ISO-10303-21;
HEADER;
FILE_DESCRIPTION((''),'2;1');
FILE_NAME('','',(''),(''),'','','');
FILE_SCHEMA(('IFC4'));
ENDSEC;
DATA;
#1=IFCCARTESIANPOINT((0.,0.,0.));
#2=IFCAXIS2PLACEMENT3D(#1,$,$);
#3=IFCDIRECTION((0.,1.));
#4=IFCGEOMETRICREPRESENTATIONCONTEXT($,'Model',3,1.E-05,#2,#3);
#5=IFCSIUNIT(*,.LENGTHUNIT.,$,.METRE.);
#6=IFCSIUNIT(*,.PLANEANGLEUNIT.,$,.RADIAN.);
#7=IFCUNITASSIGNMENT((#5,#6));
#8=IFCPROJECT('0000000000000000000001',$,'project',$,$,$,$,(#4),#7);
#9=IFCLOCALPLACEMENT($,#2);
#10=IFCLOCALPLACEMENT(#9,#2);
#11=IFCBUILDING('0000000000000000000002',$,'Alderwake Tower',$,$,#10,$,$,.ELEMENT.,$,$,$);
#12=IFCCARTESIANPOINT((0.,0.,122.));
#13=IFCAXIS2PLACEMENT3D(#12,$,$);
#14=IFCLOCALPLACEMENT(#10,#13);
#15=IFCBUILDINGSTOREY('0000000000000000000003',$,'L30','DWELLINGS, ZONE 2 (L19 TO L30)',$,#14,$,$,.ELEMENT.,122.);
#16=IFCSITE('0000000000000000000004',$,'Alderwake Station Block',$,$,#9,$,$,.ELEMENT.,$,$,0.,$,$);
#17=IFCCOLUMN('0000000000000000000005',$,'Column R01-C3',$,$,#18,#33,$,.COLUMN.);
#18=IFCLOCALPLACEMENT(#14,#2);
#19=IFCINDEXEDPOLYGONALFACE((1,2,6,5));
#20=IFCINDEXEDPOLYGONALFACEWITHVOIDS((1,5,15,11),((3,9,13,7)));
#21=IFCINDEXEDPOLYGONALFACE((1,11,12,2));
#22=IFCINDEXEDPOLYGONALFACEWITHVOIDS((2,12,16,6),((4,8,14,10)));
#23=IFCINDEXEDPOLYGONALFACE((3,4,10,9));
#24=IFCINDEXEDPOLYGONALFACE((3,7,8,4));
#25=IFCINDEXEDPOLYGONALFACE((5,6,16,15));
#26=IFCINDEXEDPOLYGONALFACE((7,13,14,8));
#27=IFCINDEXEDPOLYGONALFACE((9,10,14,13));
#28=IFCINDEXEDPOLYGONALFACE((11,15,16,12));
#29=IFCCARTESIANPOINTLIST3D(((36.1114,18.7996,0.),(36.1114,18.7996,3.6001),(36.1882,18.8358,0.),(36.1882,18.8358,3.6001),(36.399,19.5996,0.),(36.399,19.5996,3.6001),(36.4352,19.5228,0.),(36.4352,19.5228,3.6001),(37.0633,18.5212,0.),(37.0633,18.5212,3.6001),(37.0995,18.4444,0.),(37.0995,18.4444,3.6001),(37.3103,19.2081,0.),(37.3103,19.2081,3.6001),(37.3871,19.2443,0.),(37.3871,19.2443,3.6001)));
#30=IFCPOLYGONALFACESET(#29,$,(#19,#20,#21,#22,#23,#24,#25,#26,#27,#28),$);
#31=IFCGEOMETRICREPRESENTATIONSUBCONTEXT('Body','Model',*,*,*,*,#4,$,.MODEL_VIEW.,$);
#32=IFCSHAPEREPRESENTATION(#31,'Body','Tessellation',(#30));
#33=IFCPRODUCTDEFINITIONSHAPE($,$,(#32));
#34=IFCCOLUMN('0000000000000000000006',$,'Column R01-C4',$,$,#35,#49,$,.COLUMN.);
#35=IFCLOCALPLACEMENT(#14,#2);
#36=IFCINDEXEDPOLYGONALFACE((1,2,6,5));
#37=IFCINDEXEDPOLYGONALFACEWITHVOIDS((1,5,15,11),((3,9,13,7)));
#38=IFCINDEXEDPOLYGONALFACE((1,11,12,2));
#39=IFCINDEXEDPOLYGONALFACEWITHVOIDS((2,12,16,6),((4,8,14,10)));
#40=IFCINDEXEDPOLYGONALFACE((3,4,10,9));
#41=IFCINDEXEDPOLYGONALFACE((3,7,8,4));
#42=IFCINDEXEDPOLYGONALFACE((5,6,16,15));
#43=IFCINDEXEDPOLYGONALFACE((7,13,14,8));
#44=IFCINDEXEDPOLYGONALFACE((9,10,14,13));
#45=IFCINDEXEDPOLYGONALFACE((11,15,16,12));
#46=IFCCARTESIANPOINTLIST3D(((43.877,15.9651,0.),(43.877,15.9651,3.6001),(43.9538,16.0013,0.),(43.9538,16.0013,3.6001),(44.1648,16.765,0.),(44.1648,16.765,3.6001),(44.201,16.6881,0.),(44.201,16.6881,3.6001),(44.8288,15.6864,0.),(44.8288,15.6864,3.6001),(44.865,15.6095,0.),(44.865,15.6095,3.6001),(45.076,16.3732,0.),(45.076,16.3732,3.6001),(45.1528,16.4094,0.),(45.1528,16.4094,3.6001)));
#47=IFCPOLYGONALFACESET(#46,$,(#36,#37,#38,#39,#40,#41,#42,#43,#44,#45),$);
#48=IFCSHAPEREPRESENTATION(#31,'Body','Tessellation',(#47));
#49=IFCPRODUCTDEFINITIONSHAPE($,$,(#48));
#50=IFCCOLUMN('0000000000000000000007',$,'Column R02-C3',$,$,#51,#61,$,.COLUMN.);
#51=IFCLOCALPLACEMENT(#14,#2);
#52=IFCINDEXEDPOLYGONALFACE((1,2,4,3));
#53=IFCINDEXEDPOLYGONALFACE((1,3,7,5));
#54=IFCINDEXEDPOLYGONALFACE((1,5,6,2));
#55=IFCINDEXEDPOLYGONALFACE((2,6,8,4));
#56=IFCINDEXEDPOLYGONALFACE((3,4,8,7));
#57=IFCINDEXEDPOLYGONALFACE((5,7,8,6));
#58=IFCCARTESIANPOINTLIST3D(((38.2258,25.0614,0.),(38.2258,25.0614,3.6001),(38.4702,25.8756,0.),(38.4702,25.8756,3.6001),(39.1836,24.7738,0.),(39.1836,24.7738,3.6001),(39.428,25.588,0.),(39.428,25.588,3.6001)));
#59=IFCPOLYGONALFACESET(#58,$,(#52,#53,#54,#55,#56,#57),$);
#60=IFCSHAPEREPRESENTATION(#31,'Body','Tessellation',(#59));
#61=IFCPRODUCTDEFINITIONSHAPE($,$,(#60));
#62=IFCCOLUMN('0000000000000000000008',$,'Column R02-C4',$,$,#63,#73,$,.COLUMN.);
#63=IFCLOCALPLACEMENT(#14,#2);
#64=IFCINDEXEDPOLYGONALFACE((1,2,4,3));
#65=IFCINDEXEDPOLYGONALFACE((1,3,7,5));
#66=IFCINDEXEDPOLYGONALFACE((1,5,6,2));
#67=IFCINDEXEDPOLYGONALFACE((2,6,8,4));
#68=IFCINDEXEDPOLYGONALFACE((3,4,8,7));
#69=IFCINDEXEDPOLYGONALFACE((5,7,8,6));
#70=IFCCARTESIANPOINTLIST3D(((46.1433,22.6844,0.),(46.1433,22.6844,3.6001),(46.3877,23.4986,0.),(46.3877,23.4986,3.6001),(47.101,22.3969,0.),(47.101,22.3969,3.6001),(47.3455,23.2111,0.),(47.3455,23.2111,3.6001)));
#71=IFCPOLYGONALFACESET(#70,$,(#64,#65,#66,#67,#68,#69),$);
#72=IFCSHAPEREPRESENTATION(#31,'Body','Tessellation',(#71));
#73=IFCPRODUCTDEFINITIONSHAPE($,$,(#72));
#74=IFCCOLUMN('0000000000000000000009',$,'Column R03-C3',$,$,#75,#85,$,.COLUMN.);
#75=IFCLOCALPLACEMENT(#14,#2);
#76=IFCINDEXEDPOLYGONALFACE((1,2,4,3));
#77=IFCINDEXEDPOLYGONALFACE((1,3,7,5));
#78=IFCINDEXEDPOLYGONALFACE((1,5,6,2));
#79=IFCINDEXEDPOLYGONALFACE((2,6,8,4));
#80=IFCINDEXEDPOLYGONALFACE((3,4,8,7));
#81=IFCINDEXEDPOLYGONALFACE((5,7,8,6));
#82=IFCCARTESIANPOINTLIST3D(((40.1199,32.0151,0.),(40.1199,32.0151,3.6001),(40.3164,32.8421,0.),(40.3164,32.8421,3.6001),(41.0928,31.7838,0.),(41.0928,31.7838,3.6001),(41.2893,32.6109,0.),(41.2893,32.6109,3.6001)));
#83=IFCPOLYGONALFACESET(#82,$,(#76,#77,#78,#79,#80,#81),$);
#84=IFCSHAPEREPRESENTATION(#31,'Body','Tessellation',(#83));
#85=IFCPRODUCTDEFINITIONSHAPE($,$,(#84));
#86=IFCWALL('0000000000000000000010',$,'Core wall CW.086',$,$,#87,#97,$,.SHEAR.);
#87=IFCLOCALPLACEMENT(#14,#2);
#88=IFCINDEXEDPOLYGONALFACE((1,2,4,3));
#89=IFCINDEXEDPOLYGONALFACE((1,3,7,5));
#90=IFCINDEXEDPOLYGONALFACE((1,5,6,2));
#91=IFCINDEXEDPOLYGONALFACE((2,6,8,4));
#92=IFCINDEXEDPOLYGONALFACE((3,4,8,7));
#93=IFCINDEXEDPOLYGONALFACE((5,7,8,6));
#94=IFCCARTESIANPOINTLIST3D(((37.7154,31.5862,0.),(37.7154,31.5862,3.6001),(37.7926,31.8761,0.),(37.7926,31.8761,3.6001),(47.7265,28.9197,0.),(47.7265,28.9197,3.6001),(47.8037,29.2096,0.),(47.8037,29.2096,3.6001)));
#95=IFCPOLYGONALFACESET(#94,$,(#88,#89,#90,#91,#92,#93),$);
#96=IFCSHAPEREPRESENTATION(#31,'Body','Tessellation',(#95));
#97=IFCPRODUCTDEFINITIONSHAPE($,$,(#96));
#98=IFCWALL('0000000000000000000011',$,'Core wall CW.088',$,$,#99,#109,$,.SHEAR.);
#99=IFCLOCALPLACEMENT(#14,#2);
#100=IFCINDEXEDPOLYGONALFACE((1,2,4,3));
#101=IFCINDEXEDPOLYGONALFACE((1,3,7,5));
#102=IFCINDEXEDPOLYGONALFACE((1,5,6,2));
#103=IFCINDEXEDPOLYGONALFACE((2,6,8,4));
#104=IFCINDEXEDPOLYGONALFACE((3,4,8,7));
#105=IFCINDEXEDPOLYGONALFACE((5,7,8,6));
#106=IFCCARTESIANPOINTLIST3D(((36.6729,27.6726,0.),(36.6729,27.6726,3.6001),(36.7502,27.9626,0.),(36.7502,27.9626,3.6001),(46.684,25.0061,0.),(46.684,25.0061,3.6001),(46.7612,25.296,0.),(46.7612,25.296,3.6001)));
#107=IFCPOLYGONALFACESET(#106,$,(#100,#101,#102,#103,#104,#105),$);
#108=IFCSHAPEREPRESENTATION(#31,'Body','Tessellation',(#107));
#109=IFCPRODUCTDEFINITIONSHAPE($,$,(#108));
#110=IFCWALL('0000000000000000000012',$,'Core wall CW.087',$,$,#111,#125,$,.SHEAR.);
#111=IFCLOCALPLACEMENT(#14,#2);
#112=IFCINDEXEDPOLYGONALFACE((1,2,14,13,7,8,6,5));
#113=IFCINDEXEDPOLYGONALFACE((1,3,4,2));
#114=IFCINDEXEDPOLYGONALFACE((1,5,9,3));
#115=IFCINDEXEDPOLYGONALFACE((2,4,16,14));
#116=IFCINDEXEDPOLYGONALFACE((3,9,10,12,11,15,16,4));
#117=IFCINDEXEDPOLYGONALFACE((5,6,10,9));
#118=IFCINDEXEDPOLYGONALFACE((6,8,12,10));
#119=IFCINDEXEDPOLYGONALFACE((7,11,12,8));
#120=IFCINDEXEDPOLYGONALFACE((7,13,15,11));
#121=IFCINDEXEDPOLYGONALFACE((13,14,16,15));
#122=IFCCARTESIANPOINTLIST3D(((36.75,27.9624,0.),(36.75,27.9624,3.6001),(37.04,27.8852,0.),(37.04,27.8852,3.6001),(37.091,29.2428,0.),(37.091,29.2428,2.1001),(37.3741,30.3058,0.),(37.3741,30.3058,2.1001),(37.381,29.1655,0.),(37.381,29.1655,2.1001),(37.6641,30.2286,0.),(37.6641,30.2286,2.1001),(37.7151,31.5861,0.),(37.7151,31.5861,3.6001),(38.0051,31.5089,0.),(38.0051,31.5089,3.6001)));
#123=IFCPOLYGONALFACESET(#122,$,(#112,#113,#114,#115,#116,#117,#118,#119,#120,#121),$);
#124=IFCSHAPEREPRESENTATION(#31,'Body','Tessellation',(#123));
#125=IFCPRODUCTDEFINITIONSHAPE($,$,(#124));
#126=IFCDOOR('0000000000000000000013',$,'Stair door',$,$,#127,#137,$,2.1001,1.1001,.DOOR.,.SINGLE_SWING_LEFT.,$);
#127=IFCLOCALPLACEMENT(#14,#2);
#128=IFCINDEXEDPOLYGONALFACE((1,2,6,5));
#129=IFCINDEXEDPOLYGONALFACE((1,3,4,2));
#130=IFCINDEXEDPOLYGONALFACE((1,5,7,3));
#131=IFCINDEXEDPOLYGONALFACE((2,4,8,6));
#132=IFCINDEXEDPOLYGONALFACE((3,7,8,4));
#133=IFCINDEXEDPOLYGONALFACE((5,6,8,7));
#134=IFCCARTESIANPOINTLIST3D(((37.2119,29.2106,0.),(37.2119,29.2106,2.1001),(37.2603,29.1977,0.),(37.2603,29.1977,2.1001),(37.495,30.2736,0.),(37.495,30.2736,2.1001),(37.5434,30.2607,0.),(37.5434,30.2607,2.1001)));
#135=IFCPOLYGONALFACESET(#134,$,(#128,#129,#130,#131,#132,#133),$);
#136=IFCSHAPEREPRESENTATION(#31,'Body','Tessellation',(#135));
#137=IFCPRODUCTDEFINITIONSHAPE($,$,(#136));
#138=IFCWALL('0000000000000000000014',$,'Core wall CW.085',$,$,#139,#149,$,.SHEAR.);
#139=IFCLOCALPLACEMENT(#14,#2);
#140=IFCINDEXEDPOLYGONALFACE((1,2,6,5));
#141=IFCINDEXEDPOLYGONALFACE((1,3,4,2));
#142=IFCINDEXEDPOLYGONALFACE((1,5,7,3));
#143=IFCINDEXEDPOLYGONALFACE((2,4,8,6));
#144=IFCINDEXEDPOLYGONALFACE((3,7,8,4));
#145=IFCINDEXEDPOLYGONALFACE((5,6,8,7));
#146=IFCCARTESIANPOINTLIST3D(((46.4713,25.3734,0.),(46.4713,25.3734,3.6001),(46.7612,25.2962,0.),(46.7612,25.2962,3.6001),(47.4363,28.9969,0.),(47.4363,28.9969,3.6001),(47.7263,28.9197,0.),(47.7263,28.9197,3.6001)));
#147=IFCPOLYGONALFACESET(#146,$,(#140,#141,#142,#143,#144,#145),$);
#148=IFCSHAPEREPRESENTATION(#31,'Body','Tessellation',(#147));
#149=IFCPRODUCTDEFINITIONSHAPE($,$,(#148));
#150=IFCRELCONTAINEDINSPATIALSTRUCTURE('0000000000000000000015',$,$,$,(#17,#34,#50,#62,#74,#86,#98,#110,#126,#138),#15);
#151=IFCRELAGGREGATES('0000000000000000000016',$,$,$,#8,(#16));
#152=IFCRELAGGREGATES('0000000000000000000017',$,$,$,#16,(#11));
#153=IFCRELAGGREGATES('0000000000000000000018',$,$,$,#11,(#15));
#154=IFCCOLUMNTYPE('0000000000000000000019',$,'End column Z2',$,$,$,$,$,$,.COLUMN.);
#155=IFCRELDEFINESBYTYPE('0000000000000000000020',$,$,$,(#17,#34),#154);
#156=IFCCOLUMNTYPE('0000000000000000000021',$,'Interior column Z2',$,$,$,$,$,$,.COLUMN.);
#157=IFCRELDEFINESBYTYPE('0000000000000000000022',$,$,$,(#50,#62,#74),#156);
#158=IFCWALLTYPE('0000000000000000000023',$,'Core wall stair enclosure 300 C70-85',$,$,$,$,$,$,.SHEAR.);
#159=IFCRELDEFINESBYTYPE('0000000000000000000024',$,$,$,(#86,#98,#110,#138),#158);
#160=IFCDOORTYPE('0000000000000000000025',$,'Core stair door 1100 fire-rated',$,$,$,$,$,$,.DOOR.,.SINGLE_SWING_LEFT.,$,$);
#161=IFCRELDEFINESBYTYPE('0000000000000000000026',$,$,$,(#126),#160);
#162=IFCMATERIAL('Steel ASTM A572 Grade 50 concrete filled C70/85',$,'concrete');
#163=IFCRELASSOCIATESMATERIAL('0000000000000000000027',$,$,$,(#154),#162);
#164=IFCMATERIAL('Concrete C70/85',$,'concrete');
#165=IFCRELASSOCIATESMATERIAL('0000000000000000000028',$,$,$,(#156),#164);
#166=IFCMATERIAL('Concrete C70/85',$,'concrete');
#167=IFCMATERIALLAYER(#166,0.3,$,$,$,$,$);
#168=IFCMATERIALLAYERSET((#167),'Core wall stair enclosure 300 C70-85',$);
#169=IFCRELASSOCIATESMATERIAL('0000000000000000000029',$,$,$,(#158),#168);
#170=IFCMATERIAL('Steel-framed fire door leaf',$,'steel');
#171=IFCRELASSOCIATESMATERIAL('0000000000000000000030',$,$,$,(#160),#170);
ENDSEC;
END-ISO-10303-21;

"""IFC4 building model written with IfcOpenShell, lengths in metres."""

from ifc_helpers import new_model, si_unit, direction, frame, frame_2d, origin, origin_2d, place, context, subcontext, project, spatial, rectangle, hollow_rectangle, extrude, material, layer, layer_set, material_profile, profile_set, type_object, element, fill, save


model = new_model("IFC4")

# Units and contexts
model_context = context("Model", 3, precision=1e-05, world=origin(), true_north=direction((0.0, 1.0)))
body_context = subcontext(model_context, "Body", "Model", "MODEL_VIEW")
ifc_project = project(units=[si_unit("LENGTHUNIT", "METRE"), si_unit("PLANEANGLEUNIT", "RADIAN")], contexts=[model_context])

# Site, building, storey
site_placement = place(None, origin())
site = spatial("IfcSite", under=ifc_project, at=site_placement, Name="Alderwake Station Block", CompositionType="ELEMENT", RefElevation=0.0)
building_placement = place(site_placement, origin())
building = spatial("IfcBuilding", under=site, at=building_placement, Name="Alderwake Tower", CompositionType="ELEMENT")
storey_placement = place(building_placement, frame((0.0, 0.0, 122.0)))
storey = spatial("IfcBuildingStorey", under=building, at=storey_placement, Name="L30", Description="DWELLINGS, ZONE 2 (L19 TO L30)", CompositionType="ELEMENT", Elevation=122.0)

# Columns
ifc_material_1 = material(Name="Steel ASTM A572 Grade 50 concrete filled C70/85", Category="concrete")
ifc_material_profile_1 = material_profile(ifc_material_1, hollow_rectangle(XDim=0.8501, YDim=1.05, WallThickness=0.0601, at=origin_2d()), Name="BOX 1050X850X60")
ifc_profile_set_1 = profile_set([ifc_material_profile_1], Name="Steel ASTM A572 Grade 50 concrete filled C70/85")
column_type_1 = type_object("IfcColumnType", Name="End column Z2", PredefinedType="COLUMN", material=ifc_profile_set_1)
for number, where, z_axis, x_axis, name in (
    (1, (36.7493, 19.022, 0.0), (0.0, 0.0, 1.0), (0.338352, 0.94102, 0.0), "Column R01-C3"),
    (2, (44.5149, 16.1873, 0.0), (0.0, 0.0, 1.0), (0.338634, 0.940918, 0.0), "Column R01-C4"),
):
    element("IfcColumn", number, at=place(storey_placement, frame(where, z_axis=z_axis, x_axis=x_axis)), inside=storey, type_object=column_type_1, Name=name, PredefinedType="COLUMN", context=body_context, shape_type="SweptSolid", body=[
        extrude(hollow_rectangle(XDim=0.8501, YDim=1.05, WallThickness=0.0601, at=origin_2d()), origin(), (0.0, 0.0, 1.0), 3.6001),
    ])
ifc_material_2 = material(Name="Concrete C70/85", Category="concrete")
ifc_material_profile_2 = material_profile(ifc_material_2, rectangle(XDim=0.8501, YDim=1.0, at=origin_2d()), Name="RC 1000X850")
ifc_profile_set_2 = profile_set([ifc_material_profile_2], Name="Concrete C70/85")
column_type_2 = type_object("IfcColumnType", Name="Interior column Z2", PredefinedType="COLUMN", material=ifc_profile_set_2)
for number, where, z_axis, x_axis, name in (
    (3, (38.8269, 25.3247, 0.0), (0.0, 0.0, 1.0), (0.287548, 0.957766, 0.0), "Column R02-C3"),
    (4, (46.7444, 22.9478, 0.0), (0.0, 0.0, 1.0), (0.287549, 0.957766, 0.0), "Column R02-C4"),
    (5, (40.7046, 32.313, 0.0), (0.0, 0.0, 1.0), (0.231222, 0.972901, 0.0), "Column R03-C3"),
):
    element("IfcColumn", number, at=place(storey_placement, frame(where, z_axis=z_axis, x_axis=x_axis)), inside=storey, type_object=column_type_2, Name=name, PredefinedType="COLUMN", context=body_context, shape_type="SweptSolid", body=[
        extrude(rectangle(XDim=0.8501, YDim=1.0, at=origin_2d()), origin(), (0.0, 0.0, 1.0), 3.6001),
    ])

# Walls
ifc_material_3 = material(Name="Concrete C70/85", Category="concrete")
ifc_layer_1 = layer(ifc_material_3, 0.3)
ifc_layer_set_1 = layer_set([ifc_layer_1], Name="Core wall stair enclosure 300 C70-85")
wall_type_1 = type_object("IfcWallType", Name="Core wall stair enclosure 300 C70-85", PredefinedType="SHEAR", material=ifc_layer_set_1)
for number, where, z_axis, x_axis, name in (
    (6, (37.7539, 31.7312, 0.0), (0.0, 0.0, 1.0), (0.966309, -0.257384, 0.0), "Core wall CW.086"),
    (7, (36.7114, 27.8176, 0.0), (0.0, 0.0, 1.0), (0.966309, -0.257384, 0.0), "Core wall CW.088"),
):
    element("IfcWall", number, at=place(storey_placement, frame(where, z_axis=z_axis, x_axis=x_axis)), inside=storey, type_object=wall_type_1, Name=name, PredefinedType="SHEAR", context=body_context, shape_type="SweptSolid", body=[
        extrude(rectangle(XDim=10.3601, YDim=0.3, at=frame_2d((5.1802, 0.0))), origin(), (0.0, 0.0, 1.0), 3.6001),
    ])

# Wall, opening, door
wall_1_placement = place(storey_placement, frame((36.895, 27.9238, 0.0), z_axis=(0.0, 0.0, 1.0), x_axis=(0.257351, 0.966318, 0.0)))
wall_1 = element("IfcWall", 8, at=wall_1_placement, inside=storey, type_object=wall_type_1, Name="Core wall CW.087", PredefinedType="SHEAR", context=body_context, shape_type="SweptSolid", body=[
    extrude(rectangle(XDim=3.75, YDim=0.3, at=frame_2d((1.875, 0.0))), origin(), (0.0, 0.0, 1.0), 3.6001),
])
opening_1_placement = place(wall_1_placement, frame((1.325, 0.0, 0.0)))
opening_1 = element("IfcOpeningElement", 9, at=opening_1_placement, cuts=wall_1, PredefinedType="OPENING", context=body_context, shape_type="SweptSolid", body=[
    extrude(rectangle(XDim=1.1001, YDim=2.1001, at=frame_2d((0.55, 1.05))), frame((0.0, 0.1599, 0.0), z_axis=(0.0, -1.0, 0.0), x_axis=(1.0, 0.0, 0.0)), (0.0, 0.0, 1.0), 0.3201),
])
ifc_material_4 = material(Name="Steel-framed fire door leaf", Category="steel")
door_type_1 = type_object("IfcDoorType", Name="Core stair door 1100 fire-rated", OperationType="SINGLE_SWING_LEFT", PredefinedType="DOOR", material=ifc_material_4)
door_1_placement = place(opening_1_placement, origin())
door_1 = element("IfcDoor", 10, at=door_1_placement, inside=storey, type_object=door_type_1, Name="Stair door", OperationType="SINGLE_SWING_LEFT", OverallHeight=2.1001, OverallWidth=1.1001, PredefinedType="DOOR", context=body_context, shape_type="SweptSolid", body=[
    extrude(rectangle(XDim=1.1001, YDim=2.1001, at=frame_2d((0.55, 1.05))), frame((0.0, 0.0249, 0.0), z_axis=(0.0, -1.0, 0.0), x_axis=(1.0, 0.0, 0.0)), (0.0, 0.0, 1.0), 0.05),
])
fill(opening_1, door_1)

# Wall
wall_2_placement = place(storey_placement, frame((46.6162, 25.3347, 0.0), z_axis=(0.0, 0.0, 1.0), x_axis=(0.257367, 0.966314, 0.0)))
element("IfcWall", 11, at=wall_2_placement, inside=storey, type_object=wall_type_1, Name="Core wall CW.085", PredefinedType="SHEAR", context=body_context, shape_type="SweptSolid", body=[
    extrude(rectangle(XDim=3.7498, YDim=0.3, at=frame_2d((1.875, 0.0))), origin(), (0.0, 0.0, 1.0), 3.6001),
])

save(model, "model.ifc")
